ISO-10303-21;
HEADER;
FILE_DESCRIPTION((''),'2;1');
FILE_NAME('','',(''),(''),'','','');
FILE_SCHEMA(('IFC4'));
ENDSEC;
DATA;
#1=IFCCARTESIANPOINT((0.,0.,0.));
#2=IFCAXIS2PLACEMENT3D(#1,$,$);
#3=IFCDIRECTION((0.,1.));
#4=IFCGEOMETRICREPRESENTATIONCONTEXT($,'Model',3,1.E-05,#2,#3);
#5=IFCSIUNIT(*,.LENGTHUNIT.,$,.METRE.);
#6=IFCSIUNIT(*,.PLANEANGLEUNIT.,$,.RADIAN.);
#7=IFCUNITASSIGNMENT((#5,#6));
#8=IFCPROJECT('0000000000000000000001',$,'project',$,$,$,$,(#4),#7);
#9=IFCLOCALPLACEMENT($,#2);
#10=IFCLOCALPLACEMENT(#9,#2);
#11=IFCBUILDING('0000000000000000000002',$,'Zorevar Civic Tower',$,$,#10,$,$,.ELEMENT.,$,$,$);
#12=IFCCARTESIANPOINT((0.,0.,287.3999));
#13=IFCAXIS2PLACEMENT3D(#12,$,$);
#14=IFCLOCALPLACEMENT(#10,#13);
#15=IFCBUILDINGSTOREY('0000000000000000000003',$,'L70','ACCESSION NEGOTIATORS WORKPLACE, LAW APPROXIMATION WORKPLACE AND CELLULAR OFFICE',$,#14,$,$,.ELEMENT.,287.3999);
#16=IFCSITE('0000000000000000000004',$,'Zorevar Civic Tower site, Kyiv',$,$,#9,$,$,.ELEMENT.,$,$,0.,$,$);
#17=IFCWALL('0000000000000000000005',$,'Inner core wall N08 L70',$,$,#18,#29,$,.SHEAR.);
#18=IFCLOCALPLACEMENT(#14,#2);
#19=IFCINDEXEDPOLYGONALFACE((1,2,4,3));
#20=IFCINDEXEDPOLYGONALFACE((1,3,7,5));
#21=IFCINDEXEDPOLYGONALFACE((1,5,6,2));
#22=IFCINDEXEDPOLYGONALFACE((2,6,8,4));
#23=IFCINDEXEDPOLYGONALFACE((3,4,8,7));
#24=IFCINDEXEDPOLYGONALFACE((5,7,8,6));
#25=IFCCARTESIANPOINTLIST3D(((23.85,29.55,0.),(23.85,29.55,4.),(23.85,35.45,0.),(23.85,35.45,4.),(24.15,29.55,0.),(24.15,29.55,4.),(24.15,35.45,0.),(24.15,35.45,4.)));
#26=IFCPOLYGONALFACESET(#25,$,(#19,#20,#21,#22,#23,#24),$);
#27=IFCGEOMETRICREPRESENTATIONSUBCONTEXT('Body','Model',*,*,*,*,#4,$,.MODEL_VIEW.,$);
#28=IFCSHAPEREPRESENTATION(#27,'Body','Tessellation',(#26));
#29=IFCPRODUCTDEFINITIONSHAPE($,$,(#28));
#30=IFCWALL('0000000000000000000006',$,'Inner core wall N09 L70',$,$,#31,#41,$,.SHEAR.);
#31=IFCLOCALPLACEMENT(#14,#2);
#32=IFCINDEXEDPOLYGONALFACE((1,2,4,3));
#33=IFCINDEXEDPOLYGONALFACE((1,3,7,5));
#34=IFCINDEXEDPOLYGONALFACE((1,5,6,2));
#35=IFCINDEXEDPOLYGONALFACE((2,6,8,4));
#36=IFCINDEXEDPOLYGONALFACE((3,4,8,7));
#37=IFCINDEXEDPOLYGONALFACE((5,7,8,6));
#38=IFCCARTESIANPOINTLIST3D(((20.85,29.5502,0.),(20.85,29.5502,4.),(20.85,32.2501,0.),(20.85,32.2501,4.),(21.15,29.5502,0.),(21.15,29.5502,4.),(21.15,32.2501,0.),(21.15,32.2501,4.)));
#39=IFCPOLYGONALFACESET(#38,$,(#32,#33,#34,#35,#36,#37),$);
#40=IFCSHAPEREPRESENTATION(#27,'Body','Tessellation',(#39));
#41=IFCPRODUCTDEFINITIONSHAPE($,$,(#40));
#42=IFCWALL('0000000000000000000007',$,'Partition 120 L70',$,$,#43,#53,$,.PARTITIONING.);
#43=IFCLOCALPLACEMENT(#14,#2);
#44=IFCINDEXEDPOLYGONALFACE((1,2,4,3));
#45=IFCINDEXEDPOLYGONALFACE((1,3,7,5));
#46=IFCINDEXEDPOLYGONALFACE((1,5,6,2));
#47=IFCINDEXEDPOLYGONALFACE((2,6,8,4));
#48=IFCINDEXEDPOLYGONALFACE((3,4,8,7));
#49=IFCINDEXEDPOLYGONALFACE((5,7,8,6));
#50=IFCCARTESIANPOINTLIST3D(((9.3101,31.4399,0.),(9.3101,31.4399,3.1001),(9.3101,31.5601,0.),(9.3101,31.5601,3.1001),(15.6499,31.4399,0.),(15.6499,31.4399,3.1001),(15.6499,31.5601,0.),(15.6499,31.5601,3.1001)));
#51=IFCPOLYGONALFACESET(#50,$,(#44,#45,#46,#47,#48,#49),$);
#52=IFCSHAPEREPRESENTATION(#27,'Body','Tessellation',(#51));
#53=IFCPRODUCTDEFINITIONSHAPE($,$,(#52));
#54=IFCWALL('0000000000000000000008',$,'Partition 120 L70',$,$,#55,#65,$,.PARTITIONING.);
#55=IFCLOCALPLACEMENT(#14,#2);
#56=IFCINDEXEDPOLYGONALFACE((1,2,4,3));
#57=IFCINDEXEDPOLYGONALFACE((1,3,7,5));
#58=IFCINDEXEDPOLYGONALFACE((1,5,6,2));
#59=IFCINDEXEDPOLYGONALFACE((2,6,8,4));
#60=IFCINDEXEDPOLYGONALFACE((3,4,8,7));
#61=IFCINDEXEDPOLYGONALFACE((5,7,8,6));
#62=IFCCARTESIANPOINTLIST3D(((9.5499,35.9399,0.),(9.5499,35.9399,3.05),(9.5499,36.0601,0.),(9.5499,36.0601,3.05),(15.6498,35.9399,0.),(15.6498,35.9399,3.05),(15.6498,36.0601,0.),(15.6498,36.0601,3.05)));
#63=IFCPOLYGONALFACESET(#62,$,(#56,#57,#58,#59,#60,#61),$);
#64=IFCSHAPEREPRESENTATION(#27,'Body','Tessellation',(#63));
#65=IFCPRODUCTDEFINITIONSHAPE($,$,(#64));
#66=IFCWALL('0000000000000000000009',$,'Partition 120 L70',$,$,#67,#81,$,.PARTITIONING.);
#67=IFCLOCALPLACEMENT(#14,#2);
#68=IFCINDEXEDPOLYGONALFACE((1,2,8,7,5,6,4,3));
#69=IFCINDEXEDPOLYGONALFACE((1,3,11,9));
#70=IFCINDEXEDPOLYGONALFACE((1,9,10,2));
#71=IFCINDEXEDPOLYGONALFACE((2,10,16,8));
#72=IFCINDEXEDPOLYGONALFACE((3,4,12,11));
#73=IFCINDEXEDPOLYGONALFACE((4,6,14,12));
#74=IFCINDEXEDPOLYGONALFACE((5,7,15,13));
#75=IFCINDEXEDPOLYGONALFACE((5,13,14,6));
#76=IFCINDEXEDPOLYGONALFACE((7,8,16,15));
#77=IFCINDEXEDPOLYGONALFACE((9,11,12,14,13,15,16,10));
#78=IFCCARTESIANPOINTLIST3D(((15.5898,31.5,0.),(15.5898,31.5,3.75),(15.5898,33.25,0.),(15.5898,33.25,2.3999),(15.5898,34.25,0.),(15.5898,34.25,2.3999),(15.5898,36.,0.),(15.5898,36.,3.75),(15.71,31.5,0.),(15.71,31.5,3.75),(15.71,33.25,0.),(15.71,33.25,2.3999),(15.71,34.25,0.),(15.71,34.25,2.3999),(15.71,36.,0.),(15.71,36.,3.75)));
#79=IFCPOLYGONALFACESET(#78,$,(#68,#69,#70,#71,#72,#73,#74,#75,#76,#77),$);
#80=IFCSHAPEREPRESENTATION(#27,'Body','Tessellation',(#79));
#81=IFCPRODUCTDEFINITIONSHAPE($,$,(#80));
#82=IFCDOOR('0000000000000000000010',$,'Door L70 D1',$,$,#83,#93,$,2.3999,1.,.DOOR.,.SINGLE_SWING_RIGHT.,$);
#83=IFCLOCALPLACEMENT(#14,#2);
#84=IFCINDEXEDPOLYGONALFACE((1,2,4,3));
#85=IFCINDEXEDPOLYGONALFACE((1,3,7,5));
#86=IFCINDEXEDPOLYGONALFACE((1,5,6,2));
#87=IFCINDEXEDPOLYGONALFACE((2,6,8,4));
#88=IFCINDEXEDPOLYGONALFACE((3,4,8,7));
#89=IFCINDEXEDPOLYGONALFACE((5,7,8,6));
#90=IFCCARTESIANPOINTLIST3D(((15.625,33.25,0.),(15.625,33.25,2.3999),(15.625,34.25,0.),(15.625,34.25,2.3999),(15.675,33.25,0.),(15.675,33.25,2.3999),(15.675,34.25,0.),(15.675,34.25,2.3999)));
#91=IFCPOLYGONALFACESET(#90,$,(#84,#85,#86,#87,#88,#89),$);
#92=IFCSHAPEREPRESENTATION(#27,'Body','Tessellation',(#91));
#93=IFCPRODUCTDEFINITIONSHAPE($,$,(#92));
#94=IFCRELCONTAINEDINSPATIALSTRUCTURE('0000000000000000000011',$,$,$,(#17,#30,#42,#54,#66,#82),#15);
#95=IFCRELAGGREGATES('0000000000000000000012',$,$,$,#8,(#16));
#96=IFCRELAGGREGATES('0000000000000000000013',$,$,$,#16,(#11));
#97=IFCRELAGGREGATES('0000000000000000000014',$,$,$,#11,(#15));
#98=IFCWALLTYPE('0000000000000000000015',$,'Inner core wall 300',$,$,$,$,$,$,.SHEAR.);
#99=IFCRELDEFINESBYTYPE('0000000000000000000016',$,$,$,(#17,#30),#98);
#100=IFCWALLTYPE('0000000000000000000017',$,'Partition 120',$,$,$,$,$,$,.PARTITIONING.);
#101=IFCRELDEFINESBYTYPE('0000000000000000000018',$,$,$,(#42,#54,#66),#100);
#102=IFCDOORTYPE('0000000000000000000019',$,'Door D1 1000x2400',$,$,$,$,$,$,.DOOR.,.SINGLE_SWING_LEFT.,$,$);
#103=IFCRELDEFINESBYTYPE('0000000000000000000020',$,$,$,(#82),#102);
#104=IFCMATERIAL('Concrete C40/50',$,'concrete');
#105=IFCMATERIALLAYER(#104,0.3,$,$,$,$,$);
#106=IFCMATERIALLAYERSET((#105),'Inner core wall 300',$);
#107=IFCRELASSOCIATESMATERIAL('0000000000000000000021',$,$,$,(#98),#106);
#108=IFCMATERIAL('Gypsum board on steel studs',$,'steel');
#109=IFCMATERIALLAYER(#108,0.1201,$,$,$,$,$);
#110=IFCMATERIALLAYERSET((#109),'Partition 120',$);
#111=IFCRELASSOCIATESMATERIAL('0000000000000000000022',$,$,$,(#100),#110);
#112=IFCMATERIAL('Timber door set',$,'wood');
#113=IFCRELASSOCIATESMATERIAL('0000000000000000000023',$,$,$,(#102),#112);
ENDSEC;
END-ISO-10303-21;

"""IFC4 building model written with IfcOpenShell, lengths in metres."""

from ifc_helpers import new_model, si_unit, direction, frame, frame_2d, origin, place, context, subcontext, project, spatial, rectangle, extrude, material, layer, layer_set, type_object, element, fill, save


model = new_model("IFC4")

# Units and contexts
model_context = context("Model", 3, precision=1e-05, world=origin(), true_north=direction((0.0, 1.0)))
body_context = subcontext(model_context, "Body", "Model", "MODEL_VIEW")
ifc_project = project(units=[si_unit("LENGTHUNIT", "METRE"), si_unit("PLANEANGLEUNIT", "RADIAN")], contexts=[model_context])

# Site, building, storey
site_placement = place(None, origin())
site = spatial("IfcSite", under=ifc_project, at=site_placement, Name="Zorevar Civic Tower site, Kyiv", CompositionType="ELEMENT", RefElevation=0.0)
building_placement = place(site_placement, origin())
building = spatial("IfcBuilding", under=site, at=building_placement, Name="Zorevar Civic Tower", CompositionType="ELEMENT")
storey_placement = place(building_placement, frame((0.0, 0.0, 287.3999)))
storey = spatial("IfcBuildingStorey", under=building, at=storey_placement, Name="L70", Description="ACCESSION NEGOTIATORS WORKPLACE, LAW APPROXIMATION WORKPLACE AND CELLULAR OFFICE", CompositionType="ELEMENT", Elevation=287.3999)

# Shared definitions
ifc_material_1 = material(Name="Concrete C40/50", Category="concrete")
ifc_layer_1 = layer(ifc_material_1, 0.3)
ifc_layer_set_1 = layer_set([ifc_layer_1], Name="Inner core wall 300")
wall_type_1 = type_object("IfcWallType", Name="Inner core wall 300", PredefinedType="SHEAR", material=ifc_layer_set_1)

# Walls
wall_1_placement = place(storey_placement, frame((24.0, 29.55, 0.0), z_axis=(0.0, 0.0, 1.0), x_axis=(0.0, 1.0, 0.0)))
element("IfcWall", 1, at=wall_1_placement, inside=storey, type_object=wall_type_1, Name="Inner core wall N08 L70", PredefinedType="SHEAR", context=body_context, shape_type="SweptSolid", body=[
    extrude(rectangle(XDim=5.8999, YDim=0.3, at=frame_2d((2.95, 0.0))), origin(), (0.0, 0.0, 1.0), 4.0),
])
wall_2_placement = place(storey_placement, frame((21.0, 29.55, 0.0), z_axis=(0.0, 0.0, 1.0), x_axis=(0.0, 1.0, 0.0)))
element("IfcWall", 2, at=wall_2_placement, inside=storey, type_object=wall_type_1, Name="Inner core wall N09 L70", PredefinedType="SHEAR", context=body_context, shape_type="SweptSolid", body=[
    extrude(rectangle(XDim=2.7, YDim=0.3, at=frame_2d((1.3501, 0.0))), origin(), (0.0, 0.0, 1.0), 4.0),
])
ifc_material_2 = material(Name="Gypsum board on steel studs", Category="steel")
ifc_layer_2 = layer(ifc_material_2, 0.1201)
ifc_layer_set_2 = layer_set([ifc_layer_2], Name="Partition 120")
wall_type_2 = type_object("IfcWallType", Name="Partition 120", PredefinedType="PARTITIONING", material=ifc_layer_set_2)
wall_3_placement = place(storey_placement, frame((9.3101, 31.5, 0.0), z_axis=(0.0, 0.0, 1.0), x_axis=(1.0, 0.0, 0.0)))
element("IfcWall", 3, at=wall_3_placement, inside=storey, type_object=wall_type_2, Name="Partition 120 L70", PredefinedType="PARTITIONING", context=body_context, shape_type="SweptSolid", body=[
    extrude(rectangle(XDim=6.3398, YDim=0.1201, at=frame_2d((3.1699, 0.0))), origin(), (0.0, 0.0, 1.0), 3.1001),
])
wall_4_placement = place(storey_placement, frame((9.55, 36.0, 0.0), z_axis=(0.0, 0.0, 1.0), x_axis=(1.0, 0.0, 0.0)))
element("IfcWall", 4, at=wall_4_placement, inside=storey, type_object=wall_type_2, Name="Partition 120 L70", PredefinedType="PARTITIONING", context=body_context, shape_type="SweptSolid", body=[
    extrude(rectangle(XDim=6.0999, YDim=0.1201, at=frame_2d((3.0498, 0.0))), origin(), (0.0, 0.0, 1.0), 3.05),
])

# Wall, opening, door
wall_5_placement = place(storey_placement, frame((15.6499, 31.5, 0.0), z_axis=(0.0, 0.0, 1.0), x_axis=(0.0, 1.0, 0.0)))
wall_5 = element("IfcWall", 5, at=wall_5_placement, inside=storey, type_object=wall_type_2, Name="Partition 120 L70", PredefinedType="PARTITIONING", context=body_context, shape_type="SweptSolid", body=[
    extrude(rectangle(XDim=4.5, YDim=0.1201, at=frame_2d((2.25, 0.0))), origin(), (0.0, 0.0, 1.0), 3.75),
])
opening_1_placement = place(wall_5_placement, frame((1.75, 0.0, 0.0)))
opening_1 = element("IfcOpeningElement", 6, at=opening_1_placement, cuts=wall_5, PredefinedType="OPENING", context=body_context, shape_type="SweptSolid", body=[
    extrude(rectangle(XDim=1.0, YDim=2.3999, at=frame_2d((0.5, 1.2))), frame((0.0, 0.0701, 0.0), z_axis=(0.0, -1.0, 0.0), x_axis=(1.0, 0.0, 0.0)), (0.0, 0.0, 1.0), 0.1401),
])
ifc_material_3 = material(Name="Timber door set", Category="wood")
door_type_1 = type_object("IfcDoorType", Name="Door D1 1000x2400", OperationType="SINGLE_SWING_LEFT", PredefinedType="DOOR", material=ifc_material_3)
door_1_placement = place(opening_1_placement, origin())
door_1 = element("IfcDoor", 7, at=door_1_placement, inside=storey, type_object=door_type_1, Name="Door L70 D1", OperationType="SINGLE_SWING_RIGHT", OverallHeight=2.3999, OverallWidth=1.0, PredefinedType="DOOR", context=body_context, shape_type="SweptSolid", body=[
    extrude(rectangle(XDim=1.0, YDim=2.3999, at=frame_2d((0.5, 1.2))), frame((0.0, 0.0249, 0.0), z_axis=(0.0, -1.0, 0.0), x_axis=(1.0, 0.0, 0.0)), (0.0, 0.0, 1.0), 0.05),
])
fill(opening_1, door_1)

save(model, "model.ifc")
